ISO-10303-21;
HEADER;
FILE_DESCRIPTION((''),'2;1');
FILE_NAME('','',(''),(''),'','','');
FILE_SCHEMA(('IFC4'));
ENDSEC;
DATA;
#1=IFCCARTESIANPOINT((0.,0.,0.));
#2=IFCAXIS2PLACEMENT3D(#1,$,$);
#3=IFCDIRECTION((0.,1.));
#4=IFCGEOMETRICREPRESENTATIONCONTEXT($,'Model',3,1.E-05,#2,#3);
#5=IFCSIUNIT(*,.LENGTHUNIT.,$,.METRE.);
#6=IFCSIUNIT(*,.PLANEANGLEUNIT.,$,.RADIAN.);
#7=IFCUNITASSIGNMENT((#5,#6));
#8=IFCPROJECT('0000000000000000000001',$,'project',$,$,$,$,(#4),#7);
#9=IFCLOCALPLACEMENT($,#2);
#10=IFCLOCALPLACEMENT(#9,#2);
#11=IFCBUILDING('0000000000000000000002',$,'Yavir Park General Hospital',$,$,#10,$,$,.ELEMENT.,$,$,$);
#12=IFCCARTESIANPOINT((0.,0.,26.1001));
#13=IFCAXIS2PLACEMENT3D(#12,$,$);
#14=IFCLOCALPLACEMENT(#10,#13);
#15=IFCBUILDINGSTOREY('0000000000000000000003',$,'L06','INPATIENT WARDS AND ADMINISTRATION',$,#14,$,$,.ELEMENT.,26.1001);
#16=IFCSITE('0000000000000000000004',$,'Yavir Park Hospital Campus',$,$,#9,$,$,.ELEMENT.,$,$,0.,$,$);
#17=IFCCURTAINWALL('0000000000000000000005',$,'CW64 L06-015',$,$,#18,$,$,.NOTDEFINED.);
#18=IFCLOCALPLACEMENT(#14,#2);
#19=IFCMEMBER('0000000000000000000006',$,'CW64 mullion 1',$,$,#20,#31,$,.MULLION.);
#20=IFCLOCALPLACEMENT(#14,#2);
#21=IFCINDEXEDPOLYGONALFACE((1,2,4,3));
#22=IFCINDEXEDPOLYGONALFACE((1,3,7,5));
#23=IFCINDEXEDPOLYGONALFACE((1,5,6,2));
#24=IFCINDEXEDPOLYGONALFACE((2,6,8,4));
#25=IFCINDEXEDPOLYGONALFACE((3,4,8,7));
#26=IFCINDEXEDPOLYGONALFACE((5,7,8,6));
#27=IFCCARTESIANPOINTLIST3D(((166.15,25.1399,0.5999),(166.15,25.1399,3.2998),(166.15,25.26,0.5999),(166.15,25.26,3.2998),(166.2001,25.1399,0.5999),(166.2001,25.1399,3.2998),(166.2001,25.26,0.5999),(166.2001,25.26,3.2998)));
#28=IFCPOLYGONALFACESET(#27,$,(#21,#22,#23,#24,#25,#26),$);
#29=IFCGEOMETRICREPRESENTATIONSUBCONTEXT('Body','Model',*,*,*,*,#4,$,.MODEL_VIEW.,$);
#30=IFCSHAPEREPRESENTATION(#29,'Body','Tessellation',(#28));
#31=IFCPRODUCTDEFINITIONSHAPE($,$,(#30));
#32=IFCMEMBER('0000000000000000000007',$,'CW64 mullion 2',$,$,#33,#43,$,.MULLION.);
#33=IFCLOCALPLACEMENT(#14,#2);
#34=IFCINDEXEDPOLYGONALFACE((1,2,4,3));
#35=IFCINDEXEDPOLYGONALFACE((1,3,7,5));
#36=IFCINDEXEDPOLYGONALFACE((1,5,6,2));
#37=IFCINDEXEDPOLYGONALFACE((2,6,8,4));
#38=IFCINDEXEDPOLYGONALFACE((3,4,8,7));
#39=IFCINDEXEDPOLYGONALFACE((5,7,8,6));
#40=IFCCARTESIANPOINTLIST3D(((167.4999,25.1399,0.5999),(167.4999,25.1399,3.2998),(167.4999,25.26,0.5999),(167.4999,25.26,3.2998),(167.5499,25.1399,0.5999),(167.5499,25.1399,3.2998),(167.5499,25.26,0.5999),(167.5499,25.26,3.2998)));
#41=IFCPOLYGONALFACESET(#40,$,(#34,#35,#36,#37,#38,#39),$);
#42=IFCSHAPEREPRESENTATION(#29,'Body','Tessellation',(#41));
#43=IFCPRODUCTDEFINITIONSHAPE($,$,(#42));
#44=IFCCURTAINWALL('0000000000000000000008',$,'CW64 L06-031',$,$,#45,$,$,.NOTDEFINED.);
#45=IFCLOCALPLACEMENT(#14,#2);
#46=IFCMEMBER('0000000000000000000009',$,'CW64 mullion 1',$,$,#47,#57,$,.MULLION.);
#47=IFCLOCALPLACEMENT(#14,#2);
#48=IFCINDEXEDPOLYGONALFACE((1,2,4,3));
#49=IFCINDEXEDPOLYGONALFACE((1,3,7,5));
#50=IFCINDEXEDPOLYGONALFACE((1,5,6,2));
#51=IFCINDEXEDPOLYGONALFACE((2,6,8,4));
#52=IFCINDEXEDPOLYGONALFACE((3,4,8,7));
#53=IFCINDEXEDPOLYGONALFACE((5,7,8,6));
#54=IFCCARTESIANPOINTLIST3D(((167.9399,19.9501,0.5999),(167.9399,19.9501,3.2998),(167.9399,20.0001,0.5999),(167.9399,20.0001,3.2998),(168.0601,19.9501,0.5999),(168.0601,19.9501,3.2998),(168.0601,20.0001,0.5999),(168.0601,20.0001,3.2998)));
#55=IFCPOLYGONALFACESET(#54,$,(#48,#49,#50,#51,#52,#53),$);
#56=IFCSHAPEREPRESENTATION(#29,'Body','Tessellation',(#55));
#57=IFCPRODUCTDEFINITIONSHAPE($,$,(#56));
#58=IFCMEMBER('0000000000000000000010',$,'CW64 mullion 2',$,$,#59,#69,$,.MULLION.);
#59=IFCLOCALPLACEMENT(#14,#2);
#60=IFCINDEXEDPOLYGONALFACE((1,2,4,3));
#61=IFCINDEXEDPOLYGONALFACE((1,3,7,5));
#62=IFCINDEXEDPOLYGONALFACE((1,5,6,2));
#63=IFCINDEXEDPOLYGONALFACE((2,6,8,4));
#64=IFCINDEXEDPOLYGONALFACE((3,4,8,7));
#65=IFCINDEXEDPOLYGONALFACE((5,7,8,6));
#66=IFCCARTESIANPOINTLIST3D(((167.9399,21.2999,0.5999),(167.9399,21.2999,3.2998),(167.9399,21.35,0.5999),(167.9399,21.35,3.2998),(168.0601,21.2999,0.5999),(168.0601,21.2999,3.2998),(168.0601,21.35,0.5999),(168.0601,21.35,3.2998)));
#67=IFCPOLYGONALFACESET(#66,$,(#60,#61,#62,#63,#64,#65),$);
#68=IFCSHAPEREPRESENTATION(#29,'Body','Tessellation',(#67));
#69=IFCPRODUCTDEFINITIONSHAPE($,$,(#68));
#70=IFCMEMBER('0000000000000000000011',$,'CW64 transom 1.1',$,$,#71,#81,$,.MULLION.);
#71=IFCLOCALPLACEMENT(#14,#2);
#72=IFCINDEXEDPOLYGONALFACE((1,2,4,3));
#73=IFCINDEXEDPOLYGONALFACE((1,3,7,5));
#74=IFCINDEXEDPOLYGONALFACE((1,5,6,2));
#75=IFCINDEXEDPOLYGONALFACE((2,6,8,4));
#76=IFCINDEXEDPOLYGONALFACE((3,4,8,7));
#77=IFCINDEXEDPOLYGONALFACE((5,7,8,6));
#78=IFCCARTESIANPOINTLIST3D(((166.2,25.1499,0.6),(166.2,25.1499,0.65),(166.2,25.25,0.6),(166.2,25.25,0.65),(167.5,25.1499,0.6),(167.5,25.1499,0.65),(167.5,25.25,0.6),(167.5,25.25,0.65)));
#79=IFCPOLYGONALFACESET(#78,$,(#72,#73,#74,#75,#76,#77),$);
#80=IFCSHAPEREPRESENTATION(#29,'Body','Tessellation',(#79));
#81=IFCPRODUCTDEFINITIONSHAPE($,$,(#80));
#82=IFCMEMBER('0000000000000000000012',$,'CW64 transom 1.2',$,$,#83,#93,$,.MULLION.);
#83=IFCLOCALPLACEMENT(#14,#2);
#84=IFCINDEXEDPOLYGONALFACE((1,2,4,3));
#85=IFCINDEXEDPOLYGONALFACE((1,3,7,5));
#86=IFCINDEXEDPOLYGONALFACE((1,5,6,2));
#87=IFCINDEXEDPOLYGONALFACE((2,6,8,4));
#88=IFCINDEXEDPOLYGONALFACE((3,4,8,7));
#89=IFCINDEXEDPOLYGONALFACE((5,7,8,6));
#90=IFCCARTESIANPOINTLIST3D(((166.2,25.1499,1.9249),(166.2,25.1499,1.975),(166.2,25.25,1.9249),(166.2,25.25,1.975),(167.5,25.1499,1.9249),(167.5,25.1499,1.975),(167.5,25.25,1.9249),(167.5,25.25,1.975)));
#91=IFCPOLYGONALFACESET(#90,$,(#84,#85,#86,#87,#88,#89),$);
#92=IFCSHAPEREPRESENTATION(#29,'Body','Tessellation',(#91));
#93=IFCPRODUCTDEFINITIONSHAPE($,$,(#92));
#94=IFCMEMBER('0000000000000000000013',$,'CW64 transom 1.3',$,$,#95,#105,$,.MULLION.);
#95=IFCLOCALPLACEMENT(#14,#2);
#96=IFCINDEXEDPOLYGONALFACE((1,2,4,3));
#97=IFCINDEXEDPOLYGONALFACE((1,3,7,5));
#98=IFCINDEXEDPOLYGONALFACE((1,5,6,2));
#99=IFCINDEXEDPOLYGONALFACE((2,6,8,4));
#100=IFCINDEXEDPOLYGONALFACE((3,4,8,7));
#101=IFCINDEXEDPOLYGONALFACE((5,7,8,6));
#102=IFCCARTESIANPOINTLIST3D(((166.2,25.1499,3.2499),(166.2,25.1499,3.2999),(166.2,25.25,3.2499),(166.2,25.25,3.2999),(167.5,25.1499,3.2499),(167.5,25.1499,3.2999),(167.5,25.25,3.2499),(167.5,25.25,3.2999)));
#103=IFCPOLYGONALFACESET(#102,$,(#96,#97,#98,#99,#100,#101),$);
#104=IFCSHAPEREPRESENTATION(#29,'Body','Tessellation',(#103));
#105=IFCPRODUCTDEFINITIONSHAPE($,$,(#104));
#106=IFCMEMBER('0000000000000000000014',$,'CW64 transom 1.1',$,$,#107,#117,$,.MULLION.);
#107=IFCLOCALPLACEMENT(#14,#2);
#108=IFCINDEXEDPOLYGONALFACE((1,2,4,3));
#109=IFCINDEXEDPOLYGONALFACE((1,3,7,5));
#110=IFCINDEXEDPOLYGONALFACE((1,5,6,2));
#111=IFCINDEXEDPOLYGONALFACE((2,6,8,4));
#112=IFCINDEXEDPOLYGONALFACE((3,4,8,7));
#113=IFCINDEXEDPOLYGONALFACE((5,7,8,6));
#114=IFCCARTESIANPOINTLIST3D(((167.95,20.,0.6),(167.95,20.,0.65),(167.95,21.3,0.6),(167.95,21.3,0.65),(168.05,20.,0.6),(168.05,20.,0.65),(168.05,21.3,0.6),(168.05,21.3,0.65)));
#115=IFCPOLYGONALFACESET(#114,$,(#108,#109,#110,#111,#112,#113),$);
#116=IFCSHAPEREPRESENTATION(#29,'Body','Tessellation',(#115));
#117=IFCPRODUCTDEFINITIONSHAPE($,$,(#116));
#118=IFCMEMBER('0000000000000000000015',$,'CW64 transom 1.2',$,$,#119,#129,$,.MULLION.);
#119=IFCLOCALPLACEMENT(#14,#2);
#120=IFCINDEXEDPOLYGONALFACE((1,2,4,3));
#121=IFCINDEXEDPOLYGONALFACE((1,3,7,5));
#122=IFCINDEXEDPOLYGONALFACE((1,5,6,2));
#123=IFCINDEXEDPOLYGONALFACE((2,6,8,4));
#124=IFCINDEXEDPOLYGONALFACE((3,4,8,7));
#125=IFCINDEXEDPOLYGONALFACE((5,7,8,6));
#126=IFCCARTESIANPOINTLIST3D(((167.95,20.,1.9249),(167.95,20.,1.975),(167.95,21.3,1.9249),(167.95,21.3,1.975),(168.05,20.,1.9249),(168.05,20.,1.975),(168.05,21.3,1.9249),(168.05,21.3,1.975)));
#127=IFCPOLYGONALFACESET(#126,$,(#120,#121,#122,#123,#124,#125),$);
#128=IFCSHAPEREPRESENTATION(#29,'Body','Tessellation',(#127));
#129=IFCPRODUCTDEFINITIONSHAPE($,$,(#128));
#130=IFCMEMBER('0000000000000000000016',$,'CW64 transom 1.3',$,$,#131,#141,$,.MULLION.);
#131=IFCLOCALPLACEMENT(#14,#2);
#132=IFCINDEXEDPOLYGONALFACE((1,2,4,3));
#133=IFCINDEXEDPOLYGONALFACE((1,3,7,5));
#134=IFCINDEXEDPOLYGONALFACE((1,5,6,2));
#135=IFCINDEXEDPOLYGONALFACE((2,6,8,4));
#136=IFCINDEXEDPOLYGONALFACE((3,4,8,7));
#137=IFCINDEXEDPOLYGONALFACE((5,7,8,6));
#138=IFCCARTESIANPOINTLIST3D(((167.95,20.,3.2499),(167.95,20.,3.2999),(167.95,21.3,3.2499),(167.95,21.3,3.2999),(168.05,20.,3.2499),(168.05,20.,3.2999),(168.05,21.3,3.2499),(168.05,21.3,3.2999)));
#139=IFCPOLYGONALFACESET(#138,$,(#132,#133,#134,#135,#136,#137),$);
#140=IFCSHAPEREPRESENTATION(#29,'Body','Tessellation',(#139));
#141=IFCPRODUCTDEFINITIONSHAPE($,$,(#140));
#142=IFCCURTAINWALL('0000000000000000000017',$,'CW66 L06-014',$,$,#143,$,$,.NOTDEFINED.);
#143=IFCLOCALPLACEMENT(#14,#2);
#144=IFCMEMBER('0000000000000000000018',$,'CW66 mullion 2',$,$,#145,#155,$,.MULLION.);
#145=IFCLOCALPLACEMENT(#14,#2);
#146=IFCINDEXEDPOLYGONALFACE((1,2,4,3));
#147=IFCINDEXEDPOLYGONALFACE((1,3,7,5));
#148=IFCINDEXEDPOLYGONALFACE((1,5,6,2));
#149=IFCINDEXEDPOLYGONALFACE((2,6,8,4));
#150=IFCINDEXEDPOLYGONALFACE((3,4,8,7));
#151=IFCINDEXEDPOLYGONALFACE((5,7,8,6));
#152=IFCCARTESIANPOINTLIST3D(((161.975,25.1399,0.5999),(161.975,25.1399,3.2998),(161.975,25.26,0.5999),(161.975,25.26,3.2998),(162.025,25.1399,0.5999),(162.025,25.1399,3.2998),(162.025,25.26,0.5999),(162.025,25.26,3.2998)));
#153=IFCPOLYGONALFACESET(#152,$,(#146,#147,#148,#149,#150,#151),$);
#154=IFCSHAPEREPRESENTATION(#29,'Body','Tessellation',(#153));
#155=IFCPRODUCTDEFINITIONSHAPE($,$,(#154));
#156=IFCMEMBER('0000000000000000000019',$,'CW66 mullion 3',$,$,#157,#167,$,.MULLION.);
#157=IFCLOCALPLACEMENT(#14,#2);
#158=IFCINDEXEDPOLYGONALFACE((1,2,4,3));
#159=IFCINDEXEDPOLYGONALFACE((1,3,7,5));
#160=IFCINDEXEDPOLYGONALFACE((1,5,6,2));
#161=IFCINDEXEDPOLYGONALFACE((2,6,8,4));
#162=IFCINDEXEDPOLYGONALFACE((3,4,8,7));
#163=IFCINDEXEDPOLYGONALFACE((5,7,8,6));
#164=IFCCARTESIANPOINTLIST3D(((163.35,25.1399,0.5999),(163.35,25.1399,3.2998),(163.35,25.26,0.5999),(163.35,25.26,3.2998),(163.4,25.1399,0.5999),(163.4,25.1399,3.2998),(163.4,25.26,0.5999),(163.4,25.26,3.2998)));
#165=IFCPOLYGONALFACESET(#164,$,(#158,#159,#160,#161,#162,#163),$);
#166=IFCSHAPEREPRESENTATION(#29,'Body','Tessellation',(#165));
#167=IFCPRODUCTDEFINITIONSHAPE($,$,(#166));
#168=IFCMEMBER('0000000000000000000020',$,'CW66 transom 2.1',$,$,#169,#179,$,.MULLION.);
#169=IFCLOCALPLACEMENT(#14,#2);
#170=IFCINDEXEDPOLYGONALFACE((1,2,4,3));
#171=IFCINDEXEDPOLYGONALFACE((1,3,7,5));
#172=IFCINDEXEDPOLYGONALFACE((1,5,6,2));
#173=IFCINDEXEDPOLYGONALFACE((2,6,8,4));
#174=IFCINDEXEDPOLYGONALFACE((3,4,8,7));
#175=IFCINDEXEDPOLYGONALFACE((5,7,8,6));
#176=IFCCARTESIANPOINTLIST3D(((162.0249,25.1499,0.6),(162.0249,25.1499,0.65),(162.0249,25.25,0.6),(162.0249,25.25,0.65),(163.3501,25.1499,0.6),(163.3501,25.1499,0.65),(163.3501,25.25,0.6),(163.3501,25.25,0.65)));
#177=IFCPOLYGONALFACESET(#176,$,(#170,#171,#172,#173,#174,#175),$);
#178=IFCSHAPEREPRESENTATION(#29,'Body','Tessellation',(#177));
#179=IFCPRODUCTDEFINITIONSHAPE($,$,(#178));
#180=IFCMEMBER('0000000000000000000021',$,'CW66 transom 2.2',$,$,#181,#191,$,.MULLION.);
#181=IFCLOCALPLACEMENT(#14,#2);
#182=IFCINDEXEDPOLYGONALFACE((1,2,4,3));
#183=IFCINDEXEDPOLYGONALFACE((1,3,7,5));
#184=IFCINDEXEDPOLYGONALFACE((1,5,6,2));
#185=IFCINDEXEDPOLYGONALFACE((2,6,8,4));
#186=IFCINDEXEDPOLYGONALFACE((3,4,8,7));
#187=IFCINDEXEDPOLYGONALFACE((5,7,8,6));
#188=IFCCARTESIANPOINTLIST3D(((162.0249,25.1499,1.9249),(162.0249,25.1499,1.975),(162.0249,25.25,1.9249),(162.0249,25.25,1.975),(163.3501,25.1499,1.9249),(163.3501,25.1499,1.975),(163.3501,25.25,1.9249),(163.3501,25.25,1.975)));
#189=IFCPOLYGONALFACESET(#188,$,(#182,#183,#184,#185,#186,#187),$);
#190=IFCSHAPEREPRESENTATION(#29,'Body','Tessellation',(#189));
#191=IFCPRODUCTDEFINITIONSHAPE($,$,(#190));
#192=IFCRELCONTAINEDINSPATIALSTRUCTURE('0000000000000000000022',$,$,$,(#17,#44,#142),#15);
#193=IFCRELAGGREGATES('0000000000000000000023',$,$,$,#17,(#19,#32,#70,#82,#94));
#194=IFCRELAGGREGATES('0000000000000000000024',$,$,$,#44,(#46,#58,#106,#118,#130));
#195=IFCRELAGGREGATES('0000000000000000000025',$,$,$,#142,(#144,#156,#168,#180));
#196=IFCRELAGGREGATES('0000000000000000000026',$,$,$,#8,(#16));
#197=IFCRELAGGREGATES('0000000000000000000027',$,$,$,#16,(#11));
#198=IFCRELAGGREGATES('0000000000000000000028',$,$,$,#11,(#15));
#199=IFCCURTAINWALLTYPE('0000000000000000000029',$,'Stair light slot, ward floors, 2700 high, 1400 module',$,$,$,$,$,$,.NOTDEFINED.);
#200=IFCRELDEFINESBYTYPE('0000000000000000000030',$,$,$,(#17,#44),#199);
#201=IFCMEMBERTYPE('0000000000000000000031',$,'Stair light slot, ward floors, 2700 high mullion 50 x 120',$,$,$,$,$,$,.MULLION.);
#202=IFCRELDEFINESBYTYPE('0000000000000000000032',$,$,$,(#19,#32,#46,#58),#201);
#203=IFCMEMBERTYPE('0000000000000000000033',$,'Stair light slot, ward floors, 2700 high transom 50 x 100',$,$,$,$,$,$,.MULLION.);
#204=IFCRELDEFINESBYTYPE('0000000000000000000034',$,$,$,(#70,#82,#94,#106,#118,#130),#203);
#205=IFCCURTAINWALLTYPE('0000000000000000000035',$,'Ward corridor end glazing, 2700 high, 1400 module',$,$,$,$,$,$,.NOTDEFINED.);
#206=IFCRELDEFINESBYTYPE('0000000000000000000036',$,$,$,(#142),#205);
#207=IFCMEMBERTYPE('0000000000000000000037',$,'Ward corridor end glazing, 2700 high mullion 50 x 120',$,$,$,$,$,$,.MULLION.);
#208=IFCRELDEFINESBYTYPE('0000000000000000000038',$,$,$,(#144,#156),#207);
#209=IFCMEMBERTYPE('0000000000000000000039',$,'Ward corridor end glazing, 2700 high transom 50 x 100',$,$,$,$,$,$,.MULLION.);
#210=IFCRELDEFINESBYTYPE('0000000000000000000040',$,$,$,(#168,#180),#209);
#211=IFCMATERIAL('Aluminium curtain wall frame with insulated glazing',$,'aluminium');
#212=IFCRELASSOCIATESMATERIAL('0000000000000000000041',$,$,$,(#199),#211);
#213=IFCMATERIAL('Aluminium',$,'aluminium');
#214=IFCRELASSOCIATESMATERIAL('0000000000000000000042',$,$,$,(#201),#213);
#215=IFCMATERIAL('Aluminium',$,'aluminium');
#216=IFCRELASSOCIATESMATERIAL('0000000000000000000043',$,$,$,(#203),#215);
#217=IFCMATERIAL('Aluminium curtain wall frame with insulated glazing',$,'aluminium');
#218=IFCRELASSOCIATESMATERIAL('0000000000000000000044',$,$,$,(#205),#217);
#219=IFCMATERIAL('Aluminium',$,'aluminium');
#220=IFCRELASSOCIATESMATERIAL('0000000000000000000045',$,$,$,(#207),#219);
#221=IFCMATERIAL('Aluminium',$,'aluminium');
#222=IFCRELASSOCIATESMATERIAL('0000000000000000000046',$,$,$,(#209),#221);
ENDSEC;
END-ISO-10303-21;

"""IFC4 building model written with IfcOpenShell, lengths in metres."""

from ifc_helpers import new_model, si_unit, direction, frame, origin, origin_2d, place, context, subcontext, project, spatial, rectangle, extrude, material, material_profile, profile_set, type_object, element, aggregate, save


model = new_model("IFC4")

# Units and contexts
model_context = context("Model", 3, precision=1e-05, world=origin(), true_north=direction((0.0, 1.0)))
body_context = subcontext(model_context, "Body", "Model", "MODEL_VIEW")
ifc_project = project(units=[si_unit("LENGTHUNIT", "METRE"), si_unit("PLANEANGLEUNIT", "RADIAN")], contexts=[model_context])

# Site, building, storey
site_placement = place(None, origin())
site = spatial("IfcSite", under=ifc_project, at=site_placement, Name="Yavir Park Hospital Campus", CompositionType="ELEMENT", RefElevation=0.0)
building_placement = place(site_placement, origin())
building = spatial("IfcBuilding", under=site, at=building_placement, Name="Yavir Park General Hospital", CompositionType="ELEMENT")
storey_placement = place(building_placement, frame((0.0, 0.0, 26.1001)))
storey = spatial("IfcBuildingStorey", under=building, at=storey_placement, Name="L06", Description="INPATIENT WARDS AND ADMINISTRATION", CompositionType="ELEMENT", Elevation=26.1001)

# Curtain walls, members
ifc_material_1 = material(Name="Aluminium curtain wall frame with insulated glazing", Category="aluminium")
curtain_wall_type_1 = type_object("IfcCurtainWallType", Name="Stair light slot, ward floors, 2700 high, 1400 module", PredefinedType="NOTDEFINED", material=ifc_material_1)
curtain_wall_1_placement = place(storey_placement, origin())
curtain_wall_1 = element("IfcCurtainWall", 1, at=curtain_wall_1_placement, inside=storey, type_object=curtain_wall_type_1, Name="CW64 L06-015", PredefinedType="NOTDEFINED")
ifc_material_2 = material(Name="Aluminium", Category="aluminium")
ifc_material_profile_1 = material_profile(ifc_material_2, rectangle(XDim=0.1201, YDim=0.05, at=origin_2d()), Name="AL 50x120")
ifc_profile_set_1 = profile_set([ifc_material_profile_1], Name="Aluminium")
member_type_1 = type_object("IfcMemberType", Name="Stair light slot, ward floors, 2700 high mullion 50 x 120", PredefinedType="MULLION", material=ifc_profile_set_1)
member_1_placement = place(storey_placement, frame((166.175, 25.2, 0.5999), z_axis=(0.0, 0.0, 1.0), x_axis=(0.0, 1.0, 0.0)))
member_1 = element("IfcMember", 2, at=member_1_placement, type_object=member_type_1, Name="CW64 mullion 1", PredefinedType="MULLION", context=body_context, shape_type="SweptSolid", body=[
    extrude(rectangle(XDim=0.1201, YDim=0.05, at=origin_2d()), origin(), (0.0, 0.0, 1.0), 2.7),
])
member_2_placement = place(storey_placement, frame((167.5249, 25.2, 0.5999), z_axis=(0.0, 0.0, 1.0), x_axis=(0.0, 1.0, 0.0)))
member_2 = element("IfcMember", 3, at=member_2_placement, type_object=member_type_1, Name="CW64 mullion 2", PredefinedType="MULLION", context=body_context, shape_type="SweptSolid", body=[
    extrude(rectangle(XDim=0.1201, YDim=0.05, at=origin_2d()), origin(), (0.0, 0.0, 1.0), 2.7),
])
curtain_wall_2_placement = place(storey_placement, origin())
curtain_wall_2 = element("IfcCurtainWall", 4, at=curtain_wall_2_placement, inside=storey, type_object=curtain_wall_type_1, Name="CW64 L06-031", PredefinedType="NOTDEFINED")
member_3_placement = place(storey_placement, frame((168.0, 19.9751, 0.5999), z_axis=(0.0, 0.0, 1.0), x_axis=(-1.0, 0.0, 0.0)))
member_3 = element("IfcMember", 5, at=member_3_placement, type_object=member_type_1, Name="CW64 mullion 1", PredefinedType="MULLION", context=body_context, shape_type="SweptSolid", body=[
    extrude(rectangle(XDim=0.1201, YDim=0.05, at=origin_2d()), origin(), (0.0, 0.0, 1.0), 2.7),
])
member_4_placement = place(storey_placement, frame((168.0, 21.325, 0.5999), z_axis=(0.0, 0.0, 1.0), x_axis=(-1.0, 0.0, 0.0)))
member_4 = element("IfcMember", 6, at=member_4_placement, type_object=member_type_1, Name="CW64 mullion 2", PredefinedType="MULLION", context=body_context, shape_type="SweptSolid", body=[
    extrude(rectangle(XDim=0.1201, YDim=0.05, at=origin_2d()), origin(), (0.0, 0.0, 1.0), 2.7),
])

# Members
ifc_material_3 = material(Name="Aluminium", Category="aluminium")
ifc_material_profile_2 = material_profile(ifc_material_3, rectangle(XDim=0.1001, YDim=0.05, at=origin_2d()), Name="AL 100x50")
ifc_profile_set_2 = profile_set([ifc_material_profile_2], Name="Aluminium")
member_type_2 = type_object("IfcMemberType", Name="Stair light slot, ward floors, 2700 high transom 50 x 100", PredefinedType="MULLION", material=ifc_profile_set_2)
member_5_placement = place(storey_placement, frame((166.2, 25.2, 0.625), z_axis=(1.0, 0.0, 0.0), x_axis=(0.0, 1.0, 0.0)))
member_5 = element("IfcMember", 7, at=member_5_placement, type_object=member_type_2, Name="CW64 transom 1.1", PredefinedType="MULLION", context=body_context, shape_type="SweptSolid", body=[
    extrude(rectangle(XDim=0.1001, YDim=0.05, at=origin_2d()), origin(), (0.0, 0.0, 1.0), 1.3),
])
member_6_placement = place(storey_placement, frame((166.2, 25.2, 1.95), z_axis=(1.0, 0.0, 0.0), x_axis=(0.0, 1.0, 0.0)))
member_6 = element("IfcMember", 8, at=member_6_placement, type_object=member_type_2, Name="CW64 transom 1.2", PredefinedType="MULLION", context=body_context, shape_type="SweptSolid", body=[
    extrude(rectangle(XDim=0.1001, YDim=0.05, at=origin_2d()), origin(), (0.0, 0.0, 1.0), 1.3),
])
member_7_placement = place(storey_placement, frame((166.2, 25.2, 3.2749), z_axis=(1.0, 0.0, 0.0), x_axis=(0.0, 1.0, 0.0)))
member_7 = element("IfcMember", 9, at=member_7_placement, type_object=member_type_2, Name="CW64 transom 1.3", PredefinedType="MULLION", context=body_context, shape_type="SweptSolid", body=[
    extrude(rectangle(XDim=0.1001, YDim=0.05, at=origin_2d()), origin(), (0.0, 0.0, 1.0), 1.3),
])
member_8_placement = place(storey_placement, frame((168.0, 20.0, 0.625), z_axis=(0.0, 1.0, 0.0), x_axis=(-1.0, 0.0, 0.0)))
member_8 = element("IfcMember", 10, at=member_8_placement, type_object=member_type_2, Name="CW64 transom 1.1", PredefinedType="MULLION", context=body_context, shape_type="SweptSolid", body=[
    extrude(rectangle(XDim=0.1001, YDim=0.05, at=origin_2d()), origin(), (0.0, 0.0, 1.0), 1.3),
])
member_9_placement = place(storey_placement, frame((168.0, 20.0, 1.95), z_axis=(0.0, 1.0, 0.0), x_axis=(-1.0, 0.0, 0.0)))
member_9 = element("IfcMember", 11, at=member_9_placement, type_object=member_type_2, Name="CW64 transom 1.2", PredefinedType="MULLION", context=body_context, shape_type="SweptSolid", body=[
    extrude(rectangle(XDim=0.1001, YDim=0.05, at=origin_2d()), origin(), (0.0, 0.0, 1.0), 1.3),
])
member_10_placement = place(storey_placement, frame((168.0, 20.0, 3.2749), z_axis=(0.0, 1.0, 0.0), x_axis=(-1.0, 0.0, 0.0)))
member_10 = element("IfcMember", 12, at=member_10_placement, type_object=member_type_2, Name="CW64 transom 1.3", PredefinedType="MULLION", context=body_context, shape_type="SweptSolid", body=[
    extrude(rectangle(XDim=0.1001, YDim=0.05, at=origin_2d()), origin(), (0.0, 0.0, 1.0), 1.3),
])

# Curtain wall, members
ifc_material_4 = material(Name="Aluminium curtain wall frame with insulated glazing", Category="aluminium")
curtain_wall_type_2 = type_object("IfcCurtainWallType", Name="Ward corridor end glazing, 2700 high, 1400 module", PredefinedType="NOTDEFINED", material=ifc_material_4)
curtain_wall_3_placement = place(storey_placement, origin())
curtain_wall_3 = element("IfcCurtainWall", 13, at=curtain_wall_3_placement, inside=storey, type_object=curtain_wall_type_2, Name="CW66 L06-014", PredefinedType="NOTDEFINED")
ifc_material_5 = material(Name="Aluminium", Category="aluminium")
ifc_material_profile_3 = material_profile(ifc_material_5, rectangle(XDim=0.1201, YDim=0.05, at=origin_2d()), Name="AL 50x120")
ifc_profile_set_3 = profile_set([ifc_material_profile_3], Name="Aluminium")
member_type_3 = type_object("IfcMemberType", Name="Ward corridor end glazing, 2700 high mullion 50 x 120", PredefinedType="MULLION", material=ifc_profile_set_3)
member_11_placement = place(storey_placement, frame((162.0, 25.2, 0.5999), z_axis=(0.0, 0.0, 1.0), x_axis=(0.0, 1.0, 0.0)))
member_11 = element("IfcMember", 14, at=member_11_placement, type_object=member_type_3, Name="CW66 mullion 2", PredefinedType="MULLION", context=body_context, shape_type="SweptSolid", body=[
    extrude(rectangle(XDim=0.1201, YDim=0.05, at=origin_2d()), origin(), (0.0, 0.0, 1.0), 2.7),
])
member_12_placement = place(storey_placement, frame((163.375, 25.2, 0.5999), z_axis=(0.0, 0.0, 1.0), x_axis=(0.0, 1.0, 0.0)))
member_12 = element("IfcMember", 15, at=member_12_placement, type_object=member_type_3, Name="CW66 mullion 3", PredefinedType="MULLION", context=body_context, shape_type="SweptSolid", body=[
    extrude(rectangle(XDim=0.1201, YDim=0.05, at=origin_2d()), origin(), (0.0, 0.0, 1.0), 2.7),
])
ifc_material_6 = material(Name="Aluminium", Category="aluminium")
ifc_material_profile_4 = material_profile(ifc_material_6, rectangle(XDim=0.1001, YDim=0.05, at=origin_2d()), Name="AL 100x50")
ifc_profile_set_4 = profile_set([ifc_material_profile_4], Name="Aluminium")
member_type_4 = type_object("IfcMemberType", Name="Ward corridor end glazing, 2700 high transom 50 x 100", PredefinedType="MULLION", material=ifc_profile_set_4)
member_13_placement = place(storey_placement, frame((162.0249, 25.2, 0.625), z_axis=(1.0, 0.0, 0.0), x_axis=(0.0, 1.0, 0.0)))
member_13 = element("IfcMember", 16, at=member_13_placement, type_object=member_type_4, Name="CW66 transom 2.1", PredefinedType="MULLION", context=body_context, shape_type="SweptSolid", body=[
    extrude(rectangle(XDim=0.1001, YDim=0.05, at=origin_2d()), origin(), (0.0, 0.0, 1.0), 1.3252),
])
member_14_placement = place(storey_placement, frame((162.0249, 25.2, 1.95), z_axis=(1.0, 0.0, 0.0), x_axis=(0.0, 1.0, 0.0)))
member_14 = element("IfcMember", 17, at=member_14_placement, type_object=member_type_4, Name="CW66 transom 2.2", PredefinedType="MULLION", context=body_context, shape_type="SweptSolid", body=[
    extrude(rectangle(XDim=0.1001, YDim=0.05, at=origin_2d()), origin(), (0.0, 0.0, 1.0), 1.3252),
])

aggregate(curtain_wall_1, [member_1, member_2, member_5, member_6, member_7])
aggregate(curtain_wall_2, [member_3, member_4, member_8, member_9, member_10])
aggregate(curtain_wall_3, [member_11, member_12, member_13, member_14])

save(model, "model.ifc")
